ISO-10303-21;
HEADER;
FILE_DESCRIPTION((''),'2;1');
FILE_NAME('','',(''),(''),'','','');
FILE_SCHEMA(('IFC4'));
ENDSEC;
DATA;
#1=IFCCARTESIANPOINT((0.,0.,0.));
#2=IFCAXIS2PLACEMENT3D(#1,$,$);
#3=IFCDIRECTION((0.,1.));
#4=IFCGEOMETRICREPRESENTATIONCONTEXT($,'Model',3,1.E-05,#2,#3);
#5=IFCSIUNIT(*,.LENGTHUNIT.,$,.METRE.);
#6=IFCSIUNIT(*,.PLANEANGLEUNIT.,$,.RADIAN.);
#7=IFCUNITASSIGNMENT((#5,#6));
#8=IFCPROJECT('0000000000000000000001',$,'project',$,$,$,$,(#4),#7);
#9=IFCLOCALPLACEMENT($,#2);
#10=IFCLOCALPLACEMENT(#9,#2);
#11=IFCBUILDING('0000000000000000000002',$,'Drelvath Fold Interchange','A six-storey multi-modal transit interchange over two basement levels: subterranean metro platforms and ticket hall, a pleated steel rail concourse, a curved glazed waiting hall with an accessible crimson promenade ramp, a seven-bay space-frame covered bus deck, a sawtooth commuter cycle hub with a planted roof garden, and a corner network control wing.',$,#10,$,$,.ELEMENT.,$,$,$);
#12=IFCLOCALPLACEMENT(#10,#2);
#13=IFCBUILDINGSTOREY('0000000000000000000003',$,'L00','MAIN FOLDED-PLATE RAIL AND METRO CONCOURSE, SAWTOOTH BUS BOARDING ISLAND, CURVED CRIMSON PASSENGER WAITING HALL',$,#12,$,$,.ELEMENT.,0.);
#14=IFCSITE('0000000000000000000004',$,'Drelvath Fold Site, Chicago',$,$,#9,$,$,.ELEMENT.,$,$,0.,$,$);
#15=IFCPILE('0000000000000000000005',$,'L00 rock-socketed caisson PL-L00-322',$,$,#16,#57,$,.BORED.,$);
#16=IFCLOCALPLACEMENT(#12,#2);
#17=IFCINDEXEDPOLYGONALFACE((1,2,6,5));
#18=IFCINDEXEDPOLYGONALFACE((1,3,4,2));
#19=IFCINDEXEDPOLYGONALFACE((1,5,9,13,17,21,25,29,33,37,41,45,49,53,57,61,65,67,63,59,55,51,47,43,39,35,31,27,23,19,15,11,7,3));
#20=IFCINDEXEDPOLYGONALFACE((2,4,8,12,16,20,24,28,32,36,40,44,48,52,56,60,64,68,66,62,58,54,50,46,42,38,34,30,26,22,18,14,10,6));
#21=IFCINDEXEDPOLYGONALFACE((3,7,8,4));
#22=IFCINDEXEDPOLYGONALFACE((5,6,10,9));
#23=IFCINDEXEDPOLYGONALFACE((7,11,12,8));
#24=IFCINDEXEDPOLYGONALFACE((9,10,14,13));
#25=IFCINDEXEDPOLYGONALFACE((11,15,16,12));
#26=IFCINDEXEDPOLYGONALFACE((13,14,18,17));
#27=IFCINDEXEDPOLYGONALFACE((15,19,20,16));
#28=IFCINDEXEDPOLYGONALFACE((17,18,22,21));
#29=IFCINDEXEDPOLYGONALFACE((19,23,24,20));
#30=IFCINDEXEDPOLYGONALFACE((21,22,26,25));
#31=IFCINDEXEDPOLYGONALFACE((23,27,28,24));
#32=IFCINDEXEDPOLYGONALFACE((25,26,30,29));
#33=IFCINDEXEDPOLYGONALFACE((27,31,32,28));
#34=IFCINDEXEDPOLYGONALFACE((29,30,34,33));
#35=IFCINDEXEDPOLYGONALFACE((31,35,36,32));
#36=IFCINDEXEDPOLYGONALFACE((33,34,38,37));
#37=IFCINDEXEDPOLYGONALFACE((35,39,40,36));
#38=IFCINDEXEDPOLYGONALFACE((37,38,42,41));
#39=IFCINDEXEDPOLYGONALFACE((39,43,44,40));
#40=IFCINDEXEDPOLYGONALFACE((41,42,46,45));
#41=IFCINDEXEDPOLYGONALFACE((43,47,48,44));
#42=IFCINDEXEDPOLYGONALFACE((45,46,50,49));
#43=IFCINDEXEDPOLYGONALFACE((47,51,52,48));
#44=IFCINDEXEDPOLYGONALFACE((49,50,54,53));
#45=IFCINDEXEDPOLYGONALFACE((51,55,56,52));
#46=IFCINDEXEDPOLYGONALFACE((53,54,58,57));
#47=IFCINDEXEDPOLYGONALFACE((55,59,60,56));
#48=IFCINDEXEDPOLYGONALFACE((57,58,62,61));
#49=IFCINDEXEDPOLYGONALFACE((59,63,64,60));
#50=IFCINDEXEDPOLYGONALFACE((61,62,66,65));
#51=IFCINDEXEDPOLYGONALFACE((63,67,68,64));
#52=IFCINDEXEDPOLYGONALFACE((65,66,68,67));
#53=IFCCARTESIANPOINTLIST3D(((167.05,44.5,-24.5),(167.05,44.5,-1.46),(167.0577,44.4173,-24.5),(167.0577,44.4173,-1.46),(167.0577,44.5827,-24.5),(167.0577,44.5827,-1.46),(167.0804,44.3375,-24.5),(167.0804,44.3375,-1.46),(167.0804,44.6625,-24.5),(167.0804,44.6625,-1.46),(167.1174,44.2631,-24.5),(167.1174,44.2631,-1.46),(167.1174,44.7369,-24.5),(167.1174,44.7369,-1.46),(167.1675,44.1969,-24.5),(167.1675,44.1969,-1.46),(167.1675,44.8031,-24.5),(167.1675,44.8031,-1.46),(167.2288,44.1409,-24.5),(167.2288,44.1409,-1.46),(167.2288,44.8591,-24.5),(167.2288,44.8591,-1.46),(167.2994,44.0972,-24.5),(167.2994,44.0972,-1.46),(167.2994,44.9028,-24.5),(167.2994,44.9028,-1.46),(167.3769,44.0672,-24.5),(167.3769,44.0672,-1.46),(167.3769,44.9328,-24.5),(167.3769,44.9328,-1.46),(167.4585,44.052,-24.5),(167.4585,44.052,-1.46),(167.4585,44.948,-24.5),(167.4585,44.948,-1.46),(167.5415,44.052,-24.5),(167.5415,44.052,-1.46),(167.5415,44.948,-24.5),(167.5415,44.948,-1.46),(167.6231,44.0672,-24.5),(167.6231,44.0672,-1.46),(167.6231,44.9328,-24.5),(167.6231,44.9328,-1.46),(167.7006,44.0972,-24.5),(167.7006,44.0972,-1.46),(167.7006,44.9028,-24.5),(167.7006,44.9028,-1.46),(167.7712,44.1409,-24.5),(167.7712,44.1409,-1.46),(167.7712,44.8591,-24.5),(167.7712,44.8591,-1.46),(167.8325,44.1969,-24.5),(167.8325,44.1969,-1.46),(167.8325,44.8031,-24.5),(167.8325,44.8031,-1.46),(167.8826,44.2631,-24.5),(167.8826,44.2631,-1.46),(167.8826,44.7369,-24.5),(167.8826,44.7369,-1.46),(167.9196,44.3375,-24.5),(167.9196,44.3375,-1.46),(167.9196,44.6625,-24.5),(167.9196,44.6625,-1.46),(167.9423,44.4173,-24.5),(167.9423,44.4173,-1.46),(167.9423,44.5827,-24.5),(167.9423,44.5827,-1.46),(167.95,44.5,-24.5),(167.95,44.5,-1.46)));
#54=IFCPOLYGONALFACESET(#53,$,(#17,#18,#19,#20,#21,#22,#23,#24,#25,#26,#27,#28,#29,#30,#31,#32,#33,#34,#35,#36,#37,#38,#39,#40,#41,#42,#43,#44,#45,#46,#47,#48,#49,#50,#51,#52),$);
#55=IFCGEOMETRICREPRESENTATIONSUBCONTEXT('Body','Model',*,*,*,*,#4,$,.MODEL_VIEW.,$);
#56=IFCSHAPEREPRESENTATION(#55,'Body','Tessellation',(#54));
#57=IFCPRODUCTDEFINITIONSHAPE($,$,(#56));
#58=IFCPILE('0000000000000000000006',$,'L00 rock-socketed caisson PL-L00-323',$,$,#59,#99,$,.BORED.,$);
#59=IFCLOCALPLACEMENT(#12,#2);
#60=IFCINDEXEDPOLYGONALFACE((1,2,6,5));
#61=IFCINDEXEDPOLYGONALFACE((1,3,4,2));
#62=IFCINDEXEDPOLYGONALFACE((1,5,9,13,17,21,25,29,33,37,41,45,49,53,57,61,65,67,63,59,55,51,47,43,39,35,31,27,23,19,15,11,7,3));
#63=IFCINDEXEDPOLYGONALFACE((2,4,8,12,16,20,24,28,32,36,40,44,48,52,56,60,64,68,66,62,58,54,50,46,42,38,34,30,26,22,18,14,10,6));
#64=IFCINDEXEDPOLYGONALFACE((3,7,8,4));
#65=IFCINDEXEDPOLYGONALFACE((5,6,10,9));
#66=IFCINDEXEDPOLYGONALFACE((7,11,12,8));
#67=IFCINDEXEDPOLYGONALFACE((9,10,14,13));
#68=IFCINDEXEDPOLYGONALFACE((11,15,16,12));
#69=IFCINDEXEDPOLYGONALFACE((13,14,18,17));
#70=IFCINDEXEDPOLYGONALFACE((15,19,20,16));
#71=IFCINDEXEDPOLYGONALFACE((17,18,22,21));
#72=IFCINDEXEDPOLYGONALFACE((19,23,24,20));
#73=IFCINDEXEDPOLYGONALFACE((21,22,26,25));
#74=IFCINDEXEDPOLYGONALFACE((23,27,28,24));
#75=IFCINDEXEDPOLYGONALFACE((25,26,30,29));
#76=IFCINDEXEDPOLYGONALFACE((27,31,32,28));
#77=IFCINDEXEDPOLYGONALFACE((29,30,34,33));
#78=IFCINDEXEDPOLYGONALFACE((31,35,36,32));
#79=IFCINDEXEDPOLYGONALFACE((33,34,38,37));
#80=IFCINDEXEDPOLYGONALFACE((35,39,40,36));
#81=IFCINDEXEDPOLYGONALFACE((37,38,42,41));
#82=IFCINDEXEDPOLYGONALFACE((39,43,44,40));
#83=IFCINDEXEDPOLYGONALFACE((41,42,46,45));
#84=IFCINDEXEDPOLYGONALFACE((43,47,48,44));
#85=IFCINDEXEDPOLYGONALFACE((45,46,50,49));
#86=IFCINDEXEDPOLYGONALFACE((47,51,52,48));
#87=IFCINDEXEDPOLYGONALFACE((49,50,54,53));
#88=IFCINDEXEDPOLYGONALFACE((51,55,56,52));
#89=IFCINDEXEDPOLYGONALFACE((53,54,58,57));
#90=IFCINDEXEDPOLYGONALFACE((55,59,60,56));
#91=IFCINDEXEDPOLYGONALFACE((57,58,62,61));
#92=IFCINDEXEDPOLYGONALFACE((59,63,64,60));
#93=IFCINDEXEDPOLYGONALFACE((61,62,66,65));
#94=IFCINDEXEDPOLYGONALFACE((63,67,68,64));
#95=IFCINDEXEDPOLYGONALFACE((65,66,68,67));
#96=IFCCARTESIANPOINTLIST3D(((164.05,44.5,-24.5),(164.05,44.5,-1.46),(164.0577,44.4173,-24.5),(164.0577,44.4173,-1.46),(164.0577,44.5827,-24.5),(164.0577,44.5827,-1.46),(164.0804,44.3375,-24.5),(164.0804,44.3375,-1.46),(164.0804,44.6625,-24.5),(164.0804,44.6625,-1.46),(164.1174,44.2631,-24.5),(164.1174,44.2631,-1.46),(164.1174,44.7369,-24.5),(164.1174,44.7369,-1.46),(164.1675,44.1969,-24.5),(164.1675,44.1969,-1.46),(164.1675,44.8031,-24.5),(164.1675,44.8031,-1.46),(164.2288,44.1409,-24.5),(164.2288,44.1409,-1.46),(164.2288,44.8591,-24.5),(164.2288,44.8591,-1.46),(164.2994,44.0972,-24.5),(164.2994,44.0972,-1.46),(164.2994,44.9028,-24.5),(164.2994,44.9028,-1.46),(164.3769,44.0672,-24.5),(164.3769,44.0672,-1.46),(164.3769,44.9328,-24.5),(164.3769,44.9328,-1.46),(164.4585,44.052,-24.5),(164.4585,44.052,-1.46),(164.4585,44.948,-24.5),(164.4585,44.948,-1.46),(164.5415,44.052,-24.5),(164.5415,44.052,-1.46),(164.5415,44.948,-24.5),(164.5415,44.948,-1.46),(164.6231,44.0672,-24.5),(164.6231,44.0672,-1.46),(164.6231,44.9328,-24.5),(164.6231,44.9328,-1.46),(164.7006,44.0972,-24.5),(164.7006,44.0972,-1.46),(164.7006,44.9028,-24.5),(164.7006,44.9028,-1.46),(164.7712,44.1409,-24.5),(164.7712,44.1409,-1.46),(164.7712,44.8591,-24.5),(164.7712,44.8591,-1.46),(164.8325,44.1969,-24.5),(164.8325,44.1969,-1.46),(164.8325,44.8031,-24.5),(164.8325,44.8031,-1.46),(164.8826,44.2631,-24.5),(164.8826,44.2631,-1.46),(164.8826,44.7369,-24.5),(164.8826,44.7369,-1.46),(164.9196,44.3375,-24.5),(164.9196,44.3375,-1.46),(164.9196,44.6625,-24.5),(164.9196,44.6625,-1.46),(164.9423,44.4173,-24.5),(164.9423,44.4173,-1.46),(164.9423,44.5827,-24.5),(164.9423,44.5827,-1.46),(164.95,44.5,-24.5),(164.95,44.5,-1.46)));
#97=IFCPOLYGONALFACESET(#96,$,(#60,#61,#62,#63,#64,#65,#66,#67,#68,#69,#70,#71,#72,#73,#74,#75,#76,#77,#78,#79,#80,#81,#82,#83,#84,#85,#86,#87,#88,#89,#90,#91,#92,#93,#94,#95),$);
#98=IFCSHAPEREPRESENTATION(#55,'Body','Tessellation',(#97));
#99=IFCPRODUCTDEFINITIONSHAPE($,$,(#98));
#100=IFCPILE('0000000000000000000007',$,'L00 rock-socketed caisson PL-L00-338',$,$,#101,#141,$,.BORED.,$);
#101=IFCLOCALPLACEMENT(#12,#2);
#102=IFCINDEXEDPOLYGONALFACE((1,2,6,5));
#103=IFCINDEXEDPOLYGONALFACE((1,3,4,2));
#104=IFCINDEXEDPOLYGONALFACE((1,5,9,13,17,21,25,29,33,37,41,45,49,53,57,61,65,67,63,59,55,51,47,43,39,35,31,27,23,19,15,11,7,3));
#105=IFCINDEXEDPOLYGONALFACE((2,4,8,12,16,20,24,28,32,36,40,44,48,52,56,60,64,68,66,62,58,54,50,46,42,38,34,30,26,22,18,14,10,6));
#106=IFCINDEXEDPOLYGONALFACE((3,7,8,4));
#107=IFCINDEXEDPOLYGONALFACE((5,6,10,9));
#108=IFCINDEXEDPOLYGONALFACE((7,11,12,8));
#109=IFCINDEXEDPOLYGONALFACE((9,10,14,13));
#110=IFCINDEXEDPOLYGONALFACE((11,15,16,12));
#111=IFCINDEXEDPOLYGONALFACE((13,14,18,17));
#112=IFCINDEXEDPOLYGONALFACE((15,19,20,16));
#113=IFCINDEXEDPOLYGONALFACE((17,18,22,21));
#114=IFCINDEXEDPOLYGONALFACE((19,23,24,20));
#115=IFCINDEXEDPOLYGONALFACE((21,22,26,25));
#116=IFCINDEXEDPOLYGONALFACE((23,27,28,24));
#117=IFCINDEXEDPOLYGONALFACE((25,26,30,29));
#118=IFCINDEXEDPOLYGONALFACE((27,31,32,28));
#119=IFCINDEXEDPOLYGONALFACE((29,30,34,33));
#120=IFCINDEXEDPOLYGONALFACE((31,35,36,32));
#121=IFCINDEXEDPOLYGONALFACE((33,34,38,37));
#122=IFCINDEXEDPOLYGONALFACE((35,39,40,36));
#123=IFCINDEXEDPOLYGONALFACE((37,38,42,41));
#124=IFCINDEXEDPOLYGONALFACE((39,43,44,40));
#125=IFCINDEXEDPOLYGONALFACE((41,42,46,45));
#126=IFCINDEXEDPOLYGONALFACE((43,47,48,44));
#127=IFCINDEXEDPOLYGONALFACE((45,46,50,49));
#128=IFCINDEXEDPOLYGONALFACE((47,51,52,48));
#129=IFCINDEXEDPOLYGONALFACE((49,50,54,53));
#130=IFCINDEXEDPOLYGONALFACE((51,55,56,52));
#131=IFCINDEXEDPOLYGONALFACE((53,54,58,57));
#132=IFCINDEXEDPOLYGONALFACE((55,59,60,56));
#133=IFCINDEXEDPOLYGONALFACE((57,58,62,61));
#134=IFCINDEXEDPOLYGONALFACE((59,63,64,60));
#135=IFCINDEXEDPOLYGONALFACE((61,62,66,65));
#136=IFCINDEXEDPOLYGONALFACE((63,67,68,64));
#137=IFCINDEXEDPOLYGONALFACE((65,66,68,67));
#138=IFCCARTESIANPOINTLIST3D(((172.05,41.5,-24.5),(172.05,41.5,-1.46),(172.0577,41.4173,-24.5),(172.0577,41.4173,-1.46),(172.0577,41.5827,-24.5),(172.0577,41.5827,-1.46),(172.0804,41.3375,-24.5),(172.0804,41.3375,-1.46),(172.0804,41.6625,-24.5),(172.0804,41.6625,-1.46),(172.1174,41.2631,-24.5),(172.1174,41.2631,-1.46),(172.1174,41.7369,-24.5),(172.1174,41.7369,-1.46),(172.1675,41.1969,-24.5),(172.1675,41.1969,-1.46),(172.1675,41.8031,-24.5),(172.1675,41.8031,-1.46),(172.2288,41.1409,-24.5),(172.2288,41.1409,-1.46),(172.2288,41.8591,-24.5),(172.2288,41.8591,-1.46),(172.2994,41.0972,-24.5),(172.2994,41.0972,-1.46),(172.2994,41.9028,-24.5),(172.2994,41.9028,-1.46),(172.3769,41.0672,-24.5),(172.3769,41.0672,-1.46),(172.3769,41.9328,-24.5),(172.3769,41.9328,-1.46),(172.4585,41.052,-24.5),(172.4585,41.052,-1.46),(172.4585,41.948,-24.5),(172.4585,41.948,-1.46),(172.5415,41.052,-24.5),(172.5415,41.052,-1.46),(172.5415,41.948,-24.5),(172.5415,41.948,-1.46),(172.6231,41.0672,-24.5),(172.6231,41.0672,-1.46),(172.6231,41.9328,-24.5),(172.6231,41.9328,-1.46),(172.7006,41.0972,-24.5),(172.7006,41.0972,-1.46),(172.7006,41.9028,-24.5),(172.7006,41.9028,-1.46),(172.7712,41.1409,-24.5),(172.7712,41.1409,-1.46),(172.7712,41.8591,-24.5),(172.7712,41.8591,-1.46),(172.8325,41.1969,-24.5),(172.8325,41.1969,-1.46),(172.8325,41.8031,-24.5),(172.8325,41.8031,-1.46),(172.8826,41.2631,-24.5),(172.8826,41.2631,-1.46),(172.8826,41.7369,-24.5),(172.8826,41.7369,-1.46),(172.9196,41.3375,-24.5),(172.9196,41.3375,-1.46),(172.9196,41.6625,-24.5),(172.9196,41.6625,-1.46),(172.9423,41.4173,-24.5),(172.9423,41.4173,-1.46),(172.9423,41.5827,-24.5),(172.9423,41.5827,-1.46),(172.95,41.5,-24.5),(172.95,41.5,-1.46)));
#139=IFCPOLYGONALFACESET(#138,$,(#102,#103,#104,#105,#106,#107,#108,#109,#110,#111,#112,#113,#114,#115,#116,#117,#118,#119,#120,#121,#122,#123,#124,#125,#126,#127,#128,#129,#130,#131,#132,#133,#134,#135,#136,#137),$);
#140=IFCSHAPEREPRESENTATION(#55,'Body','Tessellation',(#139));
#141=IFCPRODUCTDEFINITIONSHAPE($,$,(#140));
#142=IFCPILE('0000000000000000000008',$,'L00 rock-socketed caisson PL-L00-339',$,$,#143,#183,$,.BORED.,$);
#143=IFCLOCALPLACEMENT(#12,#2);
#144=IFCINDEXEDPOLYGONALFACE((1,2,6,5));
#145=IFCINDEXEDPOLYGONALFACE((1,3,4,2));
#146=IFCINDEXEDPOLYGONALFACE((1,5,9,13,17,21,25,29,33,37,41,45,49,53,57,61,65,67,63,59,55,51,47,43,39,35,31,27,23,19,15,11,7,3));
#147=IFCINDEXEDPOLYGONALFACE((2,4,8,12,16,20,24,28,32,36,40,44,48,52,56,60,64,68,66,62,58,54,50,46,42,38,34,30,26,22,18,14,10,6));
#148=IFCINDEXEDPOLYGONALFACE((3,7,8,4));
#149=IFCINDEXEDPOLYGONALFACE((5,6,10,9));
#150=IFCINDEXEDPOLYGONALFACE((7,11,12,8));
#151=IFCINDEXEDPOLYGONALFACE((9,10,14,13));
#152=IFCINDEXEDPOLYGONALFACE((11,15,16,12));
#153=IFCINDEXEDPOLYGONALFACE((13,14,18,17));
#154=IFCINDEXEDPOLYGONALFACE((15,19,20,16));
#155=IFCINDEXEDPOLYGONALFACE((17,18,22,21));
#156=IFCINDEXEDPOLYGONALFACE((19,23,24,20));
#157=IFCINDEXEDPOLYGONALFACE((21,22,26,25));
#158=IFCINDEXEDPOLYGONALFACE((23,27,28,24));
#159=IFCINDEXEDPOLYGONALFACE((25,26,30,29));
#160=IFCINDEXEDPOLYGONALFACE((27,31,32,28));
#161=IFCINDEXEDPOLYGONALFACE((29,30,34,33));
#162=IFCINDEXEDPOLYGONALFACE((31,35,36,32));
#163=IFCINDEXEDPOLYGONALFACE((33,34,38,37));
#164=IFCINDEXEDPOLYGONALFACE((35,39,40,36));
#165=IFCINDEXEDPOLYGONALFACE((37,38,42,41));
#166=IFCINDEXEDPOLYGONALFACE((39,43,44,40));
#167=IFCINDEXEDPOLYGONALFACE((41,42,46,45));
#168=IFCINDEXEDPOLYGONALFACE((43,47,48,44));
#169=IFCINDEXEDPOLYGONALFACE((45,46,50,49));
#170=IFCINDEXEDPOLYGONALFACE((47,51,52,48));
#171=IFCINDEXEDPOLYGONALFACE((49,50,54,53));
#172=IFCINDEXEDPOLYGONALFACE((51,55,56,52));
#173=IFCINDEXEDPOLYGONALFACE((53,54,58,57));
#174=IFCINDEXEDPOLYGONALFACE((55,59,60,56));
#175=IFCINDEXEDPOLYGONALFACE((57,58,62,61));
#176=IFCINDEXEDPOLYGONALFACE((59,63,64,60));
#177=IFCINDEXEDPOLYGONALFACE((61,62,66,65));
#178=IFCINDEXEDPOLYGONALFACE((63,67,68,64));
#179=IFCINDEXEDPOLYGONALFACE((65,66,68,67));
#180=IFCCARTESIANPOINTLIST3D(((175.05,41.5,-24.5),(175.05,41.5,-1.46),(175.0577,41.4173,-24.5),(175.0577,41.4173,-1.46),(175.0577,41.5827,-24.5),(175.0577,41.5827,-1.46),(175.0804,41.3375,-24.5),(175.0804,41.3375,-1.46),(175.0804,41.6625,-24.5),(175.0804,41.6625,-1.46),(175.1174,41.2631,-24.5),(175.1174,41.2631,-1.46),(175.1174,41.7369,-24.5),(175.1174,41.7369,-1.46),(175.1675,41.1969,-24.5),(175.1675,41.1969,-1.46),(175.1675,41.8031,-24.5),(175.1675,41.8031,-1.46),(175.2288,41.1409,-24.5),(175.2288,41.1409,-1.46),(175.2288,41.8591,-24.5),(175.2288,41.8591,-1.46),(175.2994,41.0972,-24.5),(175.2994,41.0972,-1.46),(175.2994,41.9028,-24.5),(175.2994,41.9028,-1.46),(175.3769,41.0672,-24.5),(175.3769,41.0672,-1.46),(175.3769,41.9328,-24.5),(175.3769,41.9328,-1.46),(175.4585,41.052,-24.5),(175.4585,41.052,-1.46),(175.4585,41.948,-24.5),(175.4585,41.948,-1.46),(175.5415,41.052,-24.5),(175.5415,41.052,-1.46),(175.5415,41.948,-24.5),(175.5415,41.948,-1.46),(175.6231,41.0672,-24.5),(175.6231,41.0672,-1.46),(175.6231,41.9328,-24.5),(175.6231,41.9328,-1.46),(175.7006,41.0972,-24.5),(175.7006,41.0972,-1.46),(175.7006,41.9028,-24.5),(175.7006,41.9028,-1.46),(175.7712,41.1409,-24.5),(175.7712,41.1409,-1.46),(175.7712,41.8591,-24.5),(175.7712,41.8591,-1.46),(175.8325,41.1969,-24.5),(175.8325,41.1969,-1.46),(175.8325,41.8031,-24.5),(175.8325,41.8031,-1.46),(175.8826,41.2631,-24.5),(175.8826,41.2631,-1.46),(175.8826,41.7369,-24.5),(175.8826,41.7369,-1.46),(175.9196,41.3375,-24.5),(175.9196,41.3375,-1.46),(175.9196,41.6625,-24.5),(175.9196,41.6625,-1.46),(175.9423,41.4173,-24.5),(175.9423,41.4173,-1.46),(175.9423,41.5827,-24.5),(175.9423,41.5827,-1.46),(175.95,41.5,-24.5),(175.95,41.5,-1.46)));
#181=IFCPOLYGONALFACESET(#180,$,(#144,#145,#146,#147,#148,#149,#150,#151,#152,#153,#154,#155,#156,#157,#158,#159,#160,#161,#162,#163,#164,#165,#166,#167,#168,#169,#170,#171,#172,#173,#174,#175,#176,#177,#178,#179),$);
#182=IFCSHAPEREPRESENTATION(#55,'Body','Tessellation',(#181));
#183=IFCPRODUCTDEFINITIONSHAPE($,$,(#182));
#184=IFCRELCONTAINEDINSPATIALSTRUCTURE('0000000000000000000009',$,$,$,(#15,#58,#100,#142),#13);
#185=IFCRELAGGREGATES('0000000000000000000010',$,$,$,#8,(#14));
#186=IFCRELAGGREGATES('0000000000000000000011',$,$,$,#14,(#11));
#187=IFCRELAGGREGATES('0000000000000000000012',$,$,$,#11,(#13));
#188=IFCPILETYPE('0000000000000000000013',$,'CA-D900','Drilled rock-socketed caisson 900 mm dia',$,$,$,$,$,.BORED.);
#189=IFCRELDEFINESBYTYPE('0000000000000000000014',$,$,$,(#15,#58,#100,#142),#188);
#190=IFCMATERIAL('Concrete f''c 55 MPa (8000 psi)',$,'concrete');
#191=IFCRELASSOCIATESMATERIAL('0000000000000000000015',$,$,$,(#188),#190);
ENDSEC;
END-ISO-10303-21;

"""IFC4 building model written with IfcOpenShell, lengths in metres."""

from ifc_helpers import new_model, si_unit, direction, frame, origin, origin_2d, place, context, subcontext, project, spatial, circle, extrude, material, material_profile, profile_set, type_object, element, save


model = new_model("IFC4")

# Units and contexts
model_context = context("Model", 3, precision=1e-05, world=origin(), true_north=direction((0.0, 1.0)))
body_context = subcontext(model_context, "Body", "Model", "MODEL_VIEW")
ifc_project = project(units=[si_unit("LENGTHUNIT", "METRE"), si_unit("PLANEANGLEUNIT", "RADIAN")], contexts=[model_context])

# Site, building, storey
site_placement = place(None, origin())
site = spatial("IfcSite", under=ifc_project, at=site_placement, Name="Drelvath Fold Site, Chicago", CompositionType="ELEMENT", RefElevation=0.0)
building_placement = place(site_placement, origin())
building = spatial("IfcBuilding", under=site, at=building_placement, Name="Drelvath Fold Interchange", Description="A six-storey multi-modal transit interchange over two basement levels: subterranean metro platforms and ticket hall, a pleated steel rail concourse, a curved glazed waiting hall with an accessible crimson promenade ramp, a seven-bay space-frame covered bus deck, a sawtooth commuter cycle hub with a planted roof garden, and a corner network control wing.", CompositionType="ELEMENT")
storey_placement = place(building_placement, origin())
storey = spatial("IfcBuildingStorey", under=building, at=storey_placement, Name="L00", Description="MAIN FOLDED-PLATE RAIL AND METRO CONCOURSE, SAWTOOTH BUS BOARDING ISLAND, CURVED CRIMSON PASSENGER WAITING HALL", CompositionType="ELEMENT", Elevation=0.0)

# Piles
ifc_material_1 = material(Name="Concrete f'c 55 MPa (8000 psi)", Category="concrete")
ifc_material_profile_1 = material_profile(ifc_material_1, circle(Radius=0.45, at=origin_2d()), Name="CAISSON D900")
ifc_profile_set_1 = profile_set([ifc_material_profile_1], Name="Concrete f'c 55 MPa (8000 psi)")
pile_type_1 = type_object("IfcPileType", Name="CA-D900", Description="Drilled rock-socketed caisson 900 mm dia", PredefinedType="BORED", material=ifc_profile_set_1)
for number, where, z_axis, x_axis, name in (
    (1, (167.5, 44.5, -1.46), (0.0, 0.0, -1.0), (1.0, 0.0, 0.0), "L00 rock-socketed caisson PL-L00-322"),
    (2, (164.5, 44.5, -1.46), (0.0, 0.0, -1.0), (1.0, 0.0, 0.0), "L00 rock-socketed caisson PL-L00-323"),
    (3, (172.5, 41.5, -1.46), (0.0, 0.0, -1.0), (1.0, 0.0, 0.0), "L00 rock-socketed caisson PL-L00-338"),
    (4, (175.5, 41.5, -1.46), (0.0, 0.0, -1.0), (1.0, 0.0, 0.0), "L00 rock-socketed caisson PL-L00-339"),
):
    element("IfcPile", number, at=place(storey_placement, frame(where, z_axis=z_axis, x_axis=x_axis)), inside=storey, type_object=pile_type_1, Name=name, PredefinedType="BORED", context=body_context, shape_type="SweptSolid", body=[
        extrude(circle(Radius=0.45, at=origin_2d()), origin(), (0.0, 0.0, 1.0), 23.04),
    ])

save(model, "model.ifc")
